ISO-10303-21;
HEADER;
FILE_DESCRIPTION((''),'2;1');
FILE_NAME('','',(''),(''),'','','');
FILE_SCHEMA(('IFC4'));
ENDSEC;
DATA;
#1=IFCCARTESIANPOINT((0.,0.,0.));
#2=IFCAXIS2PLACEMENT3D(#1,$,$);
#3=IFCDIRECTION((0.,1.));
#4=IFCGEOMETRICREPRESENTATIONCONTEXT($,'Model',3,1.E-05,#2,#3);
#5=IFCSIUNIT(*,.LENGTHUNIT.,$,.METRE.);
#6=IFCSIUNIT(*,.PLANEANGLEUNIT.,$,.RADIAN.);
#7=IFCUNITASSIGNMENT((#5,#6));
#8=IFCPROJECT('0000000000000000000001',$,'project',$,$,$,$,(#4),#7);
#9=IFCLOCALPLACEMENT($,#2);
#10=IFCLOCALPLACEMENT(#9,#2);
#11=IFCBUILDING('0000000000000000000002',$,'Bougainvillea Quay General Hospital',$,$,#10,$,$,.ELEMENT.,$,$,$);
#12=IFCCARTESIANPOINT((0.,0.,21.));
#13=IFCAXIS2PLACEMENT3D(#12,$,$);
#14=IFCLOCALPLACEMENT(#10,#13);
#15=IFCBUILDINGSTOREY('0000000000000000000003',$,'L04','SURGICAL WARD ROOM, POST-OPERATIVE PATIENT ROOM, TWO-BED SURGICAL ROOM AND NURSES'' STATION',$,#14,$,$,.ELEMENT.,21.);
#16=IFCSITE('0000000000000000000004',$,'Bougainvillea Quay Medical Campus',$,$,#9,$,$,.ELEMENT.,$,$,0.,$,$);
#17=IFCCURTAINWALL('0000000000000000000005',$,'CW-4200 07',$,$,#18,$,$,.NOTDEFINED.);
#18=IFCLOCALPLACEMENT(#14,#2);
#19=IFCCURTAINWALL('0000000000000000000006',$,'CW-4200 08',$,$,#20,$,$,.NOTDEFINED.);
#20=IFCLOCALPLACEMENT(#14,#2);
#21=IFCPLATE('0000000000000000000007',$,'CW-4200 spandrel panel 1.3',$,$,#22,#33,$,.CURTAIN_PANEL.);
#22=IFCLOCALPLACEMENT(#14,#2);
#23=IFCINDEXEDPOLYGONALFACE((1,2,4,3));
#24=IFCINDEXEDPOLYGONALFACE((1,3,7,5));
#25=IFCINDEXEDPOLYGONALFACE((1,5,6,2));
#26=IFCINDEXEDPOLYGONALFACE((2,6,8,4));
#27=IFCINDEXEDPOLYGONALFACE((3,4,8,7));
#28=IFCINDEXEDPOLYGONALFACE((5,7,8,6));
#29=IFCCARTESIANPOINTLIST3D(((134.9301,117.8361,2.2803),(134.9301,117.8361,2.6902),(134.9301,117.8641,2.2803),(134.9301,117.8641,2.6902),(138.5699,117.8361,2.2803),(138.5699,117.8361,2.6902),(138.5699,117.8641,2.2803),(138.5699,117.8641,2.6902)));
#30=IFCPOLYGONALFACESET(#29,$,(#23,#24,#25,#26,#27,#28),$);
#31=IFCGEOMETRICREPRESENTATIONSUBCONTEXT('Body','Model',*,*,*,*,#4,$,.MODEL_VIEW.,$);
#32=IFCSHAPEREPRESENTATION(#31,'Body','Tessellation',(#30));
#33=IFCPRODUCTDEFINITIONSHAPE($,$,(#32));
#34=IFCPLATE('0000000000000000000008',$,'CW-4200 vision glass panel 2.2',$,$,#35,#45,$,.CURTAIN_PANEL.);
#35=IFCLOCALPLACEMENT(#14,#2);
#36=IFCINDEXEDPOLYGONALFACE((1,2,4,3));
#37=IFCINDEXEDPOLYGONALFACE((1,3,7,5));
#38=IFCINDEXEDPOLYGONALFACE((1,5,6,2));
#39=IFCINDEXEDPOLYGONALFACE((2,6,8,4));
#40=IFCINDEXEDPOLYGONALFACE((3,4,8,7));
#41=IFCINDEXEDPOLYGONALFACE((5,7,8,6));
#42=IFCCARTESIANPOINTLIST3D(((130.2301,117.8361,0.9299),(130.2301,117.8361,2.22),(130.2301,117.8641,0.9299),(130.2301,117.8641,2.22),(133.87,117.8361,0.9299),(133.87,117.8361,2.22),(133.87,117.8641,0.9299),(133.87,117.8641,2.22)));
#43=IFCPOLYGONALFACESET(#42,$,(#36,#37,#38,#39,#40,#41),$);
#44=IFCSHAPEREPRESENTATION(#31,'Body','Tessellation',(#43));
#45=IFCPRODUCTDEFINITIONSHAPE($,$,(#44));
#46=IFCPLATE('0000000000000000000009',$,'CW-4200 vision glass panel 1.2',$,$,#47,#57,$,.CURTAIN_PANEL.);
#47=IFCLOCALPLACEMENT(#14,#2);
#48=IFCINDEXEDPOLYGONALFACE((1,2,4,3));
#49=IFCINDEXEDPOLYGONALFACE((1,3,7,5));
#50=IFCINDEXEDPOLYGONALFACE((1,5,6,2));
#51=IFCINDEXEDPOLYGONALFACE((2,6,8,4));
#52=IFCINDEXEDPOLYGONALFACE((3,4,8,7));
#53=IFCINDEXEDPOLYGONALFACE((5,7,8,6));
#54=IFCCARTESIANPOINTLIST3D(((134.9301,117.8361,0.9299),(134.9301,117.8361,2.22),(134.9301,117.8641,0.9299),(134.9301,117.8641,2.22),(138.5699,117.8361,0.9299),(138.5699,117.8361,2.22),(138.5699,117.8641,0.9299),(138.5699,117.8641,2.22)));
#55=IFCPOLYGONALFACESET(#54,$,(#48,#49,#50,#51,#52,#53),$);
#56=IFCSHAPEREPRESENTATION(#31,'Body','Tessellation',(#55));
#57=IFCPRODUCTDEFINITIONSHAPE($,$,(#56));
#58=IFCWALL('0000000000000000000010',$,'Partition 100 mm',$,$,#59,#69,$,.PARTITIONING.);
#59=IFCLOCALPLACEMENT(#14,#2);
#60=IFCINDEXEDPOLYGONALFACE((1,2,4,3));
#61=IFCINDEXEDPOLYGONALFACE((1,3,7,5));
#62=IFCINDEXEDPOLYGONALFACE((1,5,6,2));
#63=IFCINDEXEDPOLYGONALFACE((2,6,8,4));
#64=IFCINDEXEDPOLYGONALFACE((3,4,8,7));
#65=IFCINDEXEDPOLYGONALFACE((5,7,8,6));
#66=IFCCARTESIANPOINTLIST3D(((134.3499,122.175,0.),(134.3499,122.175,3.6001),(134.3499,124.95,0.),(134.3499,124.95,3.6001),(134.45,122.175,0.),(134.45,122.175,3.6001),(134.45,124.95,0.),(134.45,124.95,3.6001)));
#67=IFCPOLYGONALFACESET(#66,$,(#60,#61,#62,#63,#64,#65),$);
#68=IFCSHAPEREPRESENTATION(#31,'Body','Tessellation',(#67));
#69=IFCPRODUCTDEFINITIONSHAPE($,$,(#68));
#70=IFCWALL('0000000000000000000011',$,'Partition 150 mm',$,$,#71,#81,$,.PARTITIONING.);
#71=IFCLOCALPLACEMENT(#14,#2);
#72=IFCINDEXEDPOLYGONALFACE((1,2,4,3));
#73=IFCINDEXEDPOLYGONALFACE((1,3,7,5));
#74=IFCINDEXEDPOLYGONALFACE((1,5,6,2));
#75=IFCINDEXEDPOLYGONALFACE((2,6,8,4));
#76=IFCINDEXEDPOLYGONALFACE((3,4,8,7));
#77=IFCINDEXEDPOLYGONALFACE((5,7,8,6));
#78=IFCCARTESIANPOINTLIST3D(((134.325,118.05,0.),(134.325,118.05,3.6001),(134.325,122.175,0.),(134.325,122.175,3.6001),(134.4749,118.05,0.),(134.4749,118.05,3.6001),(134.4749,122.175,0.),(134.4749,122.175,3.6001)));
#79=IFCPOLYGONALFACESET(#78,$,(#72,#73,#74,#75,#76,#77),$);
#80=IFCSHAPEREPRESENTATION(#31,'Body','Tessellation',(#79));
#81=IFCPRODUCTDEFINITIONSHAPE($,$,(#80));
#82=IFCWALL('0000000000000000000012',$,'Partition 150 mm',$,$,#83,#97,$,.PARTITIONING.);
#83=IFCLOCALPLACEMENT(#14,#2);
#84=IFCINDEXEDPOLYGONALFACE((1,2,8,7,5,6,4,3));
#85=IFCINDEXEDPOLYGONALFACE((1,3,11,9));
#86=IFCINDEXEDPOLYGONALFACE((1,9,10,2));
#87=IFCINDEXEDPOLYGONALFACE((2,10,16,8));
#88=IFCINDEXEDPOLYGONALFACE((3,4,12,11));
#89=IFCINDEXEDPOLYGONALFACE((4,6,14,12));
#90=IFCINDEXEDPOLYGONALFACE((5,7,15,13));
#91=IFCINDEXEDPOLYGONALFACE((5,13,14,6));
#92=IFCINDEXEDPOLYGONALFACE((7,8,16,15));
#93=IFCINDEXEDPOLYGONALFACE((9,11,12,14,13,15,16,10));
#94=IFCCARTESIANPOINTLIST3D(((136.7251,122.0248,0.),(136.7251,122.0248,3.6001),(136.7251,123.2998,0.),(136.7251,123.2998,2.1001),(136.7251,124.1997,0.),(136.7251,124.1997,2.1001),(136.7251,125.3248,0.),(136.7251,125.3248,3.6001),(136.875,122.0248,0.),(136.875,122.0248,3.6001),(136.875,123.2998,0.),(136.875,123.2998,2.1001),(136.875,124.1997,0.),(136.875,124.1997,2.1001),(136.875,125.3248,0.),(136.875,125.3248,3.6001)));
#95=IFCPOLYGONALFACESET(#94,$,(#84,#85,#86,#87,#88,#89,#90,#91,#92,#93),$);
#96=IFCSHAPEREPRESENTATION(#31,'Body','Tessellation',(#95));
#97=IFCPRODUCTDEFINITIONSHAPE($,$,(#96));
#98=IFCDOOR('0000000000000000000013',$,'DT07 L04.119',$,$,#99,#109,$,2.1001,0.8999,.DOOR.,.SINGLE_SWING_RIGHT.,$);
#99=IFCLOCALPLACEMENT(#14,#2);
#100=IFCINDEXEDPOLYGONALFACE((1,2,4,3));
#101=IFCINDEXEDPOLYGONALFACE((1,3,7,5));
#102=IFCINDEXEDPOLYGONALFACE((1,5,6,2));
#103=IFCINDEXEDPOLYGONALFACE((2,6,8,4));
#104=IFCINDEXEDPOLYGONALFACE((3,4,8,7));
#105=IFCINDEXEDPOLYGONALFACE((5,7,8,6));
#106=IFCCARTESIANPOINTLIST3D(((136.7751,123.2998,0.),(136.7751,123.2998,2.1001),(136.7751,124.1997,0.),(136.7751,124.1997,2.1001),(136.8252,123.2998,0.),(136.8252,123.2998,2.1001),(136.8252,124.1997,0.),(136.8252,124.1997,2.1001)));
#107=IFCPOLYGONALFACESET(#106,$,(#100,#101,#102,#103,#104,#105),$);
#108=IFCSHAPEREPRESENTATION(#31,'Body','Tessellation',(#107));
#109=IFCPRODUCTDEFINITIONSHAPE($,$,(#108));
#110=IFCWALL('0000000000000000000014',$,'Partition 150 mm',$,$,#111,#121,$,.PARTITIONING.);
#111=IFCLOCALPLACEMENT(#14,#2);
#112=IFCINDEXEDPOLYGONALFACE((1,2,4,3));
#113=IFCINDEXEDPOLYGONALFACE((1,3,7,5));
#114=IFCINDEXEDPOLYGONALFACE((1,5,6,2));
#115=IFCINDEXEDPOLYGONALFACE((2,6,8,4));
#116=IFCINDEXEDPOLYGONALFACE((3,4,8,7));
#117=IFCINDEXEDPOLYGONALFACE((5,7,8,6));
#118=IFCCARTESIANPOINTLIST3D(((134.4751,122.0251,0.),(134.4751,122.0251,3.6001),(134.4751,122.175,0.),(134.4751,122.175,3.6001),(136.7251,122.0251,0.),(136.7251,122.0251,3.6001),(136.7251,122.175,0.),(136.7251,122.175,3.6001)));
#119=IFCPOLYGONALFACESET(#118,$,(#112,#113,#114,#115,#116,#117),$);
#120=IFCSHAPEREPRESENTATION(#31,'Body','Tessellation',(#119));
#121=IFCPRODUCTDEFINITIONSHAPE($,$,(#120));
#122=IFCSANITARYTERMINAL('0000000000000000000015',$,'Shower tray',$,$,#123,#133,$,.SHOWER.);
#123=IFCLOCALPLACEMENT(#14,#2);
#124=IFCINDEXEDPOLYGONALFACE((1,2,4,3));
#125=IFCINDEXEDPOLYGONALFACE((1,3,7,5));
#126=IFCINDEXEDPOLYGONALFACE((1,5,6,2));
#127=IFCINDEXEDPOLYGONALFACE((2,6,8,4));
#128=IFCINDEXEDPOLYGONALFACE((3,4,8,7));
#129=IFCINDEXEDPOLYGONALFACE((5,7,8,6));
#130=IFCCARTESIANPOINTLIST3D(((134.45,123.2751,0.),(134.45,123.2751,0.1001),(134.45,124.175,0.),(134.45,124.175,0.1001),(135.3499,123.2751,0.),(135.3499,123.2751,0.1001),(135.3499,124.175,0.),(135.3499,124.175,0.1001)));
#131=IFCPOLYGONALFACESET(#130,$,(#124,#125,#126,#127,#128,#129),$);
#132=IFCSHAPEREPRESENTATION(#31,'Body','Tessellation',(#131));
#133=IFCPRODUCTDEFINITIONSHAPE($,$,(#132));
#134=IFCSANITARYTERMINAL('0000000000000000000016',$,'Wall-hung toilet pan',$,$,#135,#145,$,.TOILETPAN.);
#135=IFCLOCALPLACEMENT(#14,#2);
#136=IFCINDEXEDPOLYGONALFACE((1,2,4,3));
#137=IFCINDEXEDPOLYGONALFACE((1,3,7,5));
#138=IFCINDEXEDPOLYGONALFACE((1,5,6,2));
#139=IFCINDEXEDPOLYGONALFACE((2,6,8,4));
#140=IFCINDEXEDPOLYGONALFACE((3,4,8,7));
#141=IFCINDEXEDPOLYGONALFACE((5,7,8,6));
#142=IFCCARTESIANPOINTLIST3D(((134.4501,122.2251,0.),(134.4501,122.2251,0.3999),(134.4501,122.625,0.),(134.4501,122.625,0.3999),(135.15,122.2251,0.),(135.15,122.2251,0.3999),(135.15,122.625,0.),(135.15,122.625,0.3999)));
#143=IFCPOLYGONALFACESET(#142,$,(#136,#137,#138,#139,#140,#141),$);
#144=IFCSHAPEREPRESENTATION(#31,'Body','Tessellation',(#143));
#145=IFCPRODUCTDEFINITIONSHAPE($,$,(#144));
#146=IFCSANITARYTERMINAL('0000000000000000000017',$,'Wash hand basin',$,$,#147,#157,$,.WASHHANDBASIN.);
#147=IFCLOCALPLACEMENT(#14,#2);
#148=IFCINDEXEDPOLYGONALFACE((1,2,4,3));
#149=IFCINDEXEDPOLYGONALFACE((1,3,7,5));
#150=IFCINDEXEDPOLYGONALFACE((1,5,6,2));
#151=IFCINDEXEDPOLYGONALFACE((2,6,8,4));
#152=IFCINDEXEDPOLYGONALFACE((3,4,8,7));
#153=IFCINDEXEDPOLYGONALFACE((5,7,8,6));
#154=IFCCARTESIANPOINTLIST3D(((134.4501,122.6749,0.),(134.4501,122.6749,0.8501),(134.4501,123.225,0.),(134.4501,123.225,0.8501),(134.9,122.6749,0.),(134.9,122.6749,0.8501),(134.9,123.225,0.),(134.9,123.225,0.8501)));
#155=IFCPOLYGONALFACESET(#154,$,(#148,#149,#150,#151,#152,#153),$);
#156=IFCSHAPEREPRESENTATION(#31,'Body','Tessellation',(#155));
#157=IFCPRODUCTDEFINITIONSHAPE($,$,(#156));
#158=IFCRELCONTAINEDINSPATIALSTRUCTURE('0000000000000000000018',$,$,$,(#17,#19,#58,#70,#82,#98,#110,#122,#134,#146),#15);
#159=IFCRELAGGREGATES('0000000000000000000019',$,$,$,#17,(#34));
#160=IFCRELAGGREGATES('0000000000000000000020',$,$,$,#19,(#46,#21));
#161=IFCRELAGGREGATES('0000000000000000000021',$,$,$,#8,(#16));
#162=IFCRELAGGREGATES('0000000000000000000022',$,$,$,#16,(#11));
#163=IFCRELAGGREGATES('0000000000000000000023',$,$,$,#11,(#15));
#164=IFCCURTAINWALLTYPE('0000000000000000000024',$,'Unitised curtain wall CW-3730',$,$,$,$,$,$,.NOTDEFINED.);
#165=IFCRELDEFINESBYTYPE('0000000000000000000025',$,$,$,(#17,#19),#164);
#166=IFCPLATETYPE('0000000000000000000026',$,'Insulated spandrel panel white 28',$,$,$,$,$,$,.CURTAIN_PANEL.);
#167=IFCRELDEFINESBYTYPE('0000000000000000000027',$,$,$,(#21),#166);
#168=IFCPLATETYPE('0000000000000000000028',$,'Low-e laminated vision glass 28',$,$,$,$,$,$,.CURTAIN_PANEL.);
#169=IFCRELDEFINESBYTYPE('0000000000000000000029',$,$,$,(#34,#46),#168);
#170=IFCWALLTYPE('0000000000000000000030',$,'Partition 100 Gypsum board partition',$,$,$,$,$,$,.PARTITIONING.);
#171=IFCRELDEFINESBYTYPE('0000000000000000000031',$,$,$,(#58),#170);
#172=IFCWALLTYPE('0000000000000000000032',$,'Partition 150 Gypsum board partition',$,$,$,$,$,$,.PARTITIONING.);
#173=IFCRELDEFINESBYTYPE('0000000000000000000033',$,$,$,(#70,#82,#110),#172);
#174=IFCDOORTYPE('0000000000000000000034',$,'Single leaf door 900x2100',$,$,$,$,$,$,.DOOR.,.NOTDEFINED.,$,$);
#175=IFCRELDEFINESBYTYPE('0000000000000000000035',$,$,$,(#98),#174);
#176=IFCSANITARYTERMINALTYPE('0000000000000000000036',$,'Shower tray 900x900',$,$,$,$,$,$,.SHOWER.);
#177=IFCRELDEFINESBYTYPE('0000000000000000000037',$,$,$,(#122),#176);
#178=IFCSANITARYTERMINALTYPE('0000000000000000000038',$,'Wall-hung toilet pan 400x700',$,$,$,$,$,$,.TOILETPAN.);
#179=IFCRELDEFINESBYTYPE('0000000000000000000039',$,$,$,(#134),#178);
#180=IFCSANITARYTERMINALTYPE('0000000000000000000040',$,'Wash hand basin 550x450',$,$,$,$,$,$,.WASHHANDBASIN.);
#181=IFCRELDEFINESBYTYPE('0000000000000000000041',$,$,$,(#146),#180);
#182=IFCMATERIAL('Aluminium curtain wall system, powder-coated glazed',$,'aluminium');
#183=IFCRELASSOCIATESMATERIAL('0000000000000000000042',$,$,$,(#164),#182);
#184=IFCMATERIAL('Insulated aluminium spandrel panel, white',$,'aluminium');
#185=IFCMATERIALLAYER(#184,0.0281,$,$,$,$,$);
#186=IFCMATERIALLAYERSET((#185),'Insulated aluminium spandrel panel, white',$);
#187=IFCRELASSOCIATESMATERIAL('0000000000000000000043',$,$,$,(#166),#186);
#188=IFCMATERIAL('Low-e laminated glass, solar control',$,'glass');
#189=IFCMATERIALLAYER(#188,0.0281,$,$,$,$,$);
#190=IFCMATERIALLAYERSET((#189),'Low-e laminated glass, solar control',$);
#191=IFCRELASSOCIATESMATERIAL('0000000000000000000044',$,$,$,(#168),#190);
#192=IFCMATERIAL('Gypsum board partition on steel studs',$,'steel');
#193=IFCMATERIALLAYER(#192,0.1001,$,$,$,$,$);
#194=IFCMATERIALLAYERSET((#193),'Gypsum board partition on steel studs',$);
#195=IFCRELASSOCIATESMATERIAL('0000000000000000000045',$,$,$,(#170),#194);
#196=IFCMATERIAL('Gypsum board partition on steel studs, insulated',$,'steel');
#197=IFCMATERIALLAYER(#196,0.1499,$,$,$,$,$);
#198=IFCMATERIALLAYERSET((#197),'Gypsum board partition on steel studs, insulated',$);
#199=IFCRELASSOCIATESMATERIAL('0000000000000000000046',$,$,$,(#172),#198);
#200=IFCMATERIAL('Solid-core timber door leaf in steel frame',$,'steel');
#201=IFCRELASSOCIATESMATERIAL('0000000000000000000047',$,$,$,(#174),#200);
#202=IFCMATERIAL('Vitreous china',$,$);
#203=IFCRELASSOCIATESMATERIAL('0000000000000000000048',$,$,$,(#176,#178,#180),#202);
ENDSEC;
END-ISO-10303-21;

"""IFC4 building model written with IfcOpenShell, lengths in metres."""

from ifc_helpers import new_model, si_unit, direction, frame, frame_2d, origin, origin_2d, place, context, subcontext, project, spatial, rectangle, extrude, material, layer, layer_set, type_object, element, fill, aggregate, save


model = new_model("IFC4")

# Units and contexts
model_context = context("Model", 3, precision=1e-05, world=origin(), true_north=direction((0.0, 1.0)))
body_context = subcontext(model_context, "Body", "Model", "MODEL_VIEW")
ifc_project = project(units=[si_unit("LENGTHUNIT", "METRE"), si_unit("PLANEANGLEUNIT", "RADIAN")], contexts=[model_context])

# Site, building, storey
site_placement = place(None, origin())
site = spatial("IfcSite", under=ifc_project, at=site_placement, Name="Bougainvillea Quay Medical Campus", CompositionType="ELEMENT", RefElevation=0.0)
building_placement = place(site_placement, origin())
building = spatial("IfcBuilding", under=site, at=building_placement, Name="Bougainvillea Quay General Hospital", CompositionType="ELEMENT")
storey_placement = place(building_placement, frame((0.0, 0.0, 21.0)))
storey = spatial("IfcBuildingStorey", under=building, at=storey_placement, Name="L04", Description="SURGICAL WARD ROOM, POST-OPERATIVE PATIENT ROOM, TWO-BED SURGICAL ROOM AND NURSES' STATION", CompositionType="ELEMENT", Elevation=21.0)

# Curtain wall
ifc_material_1 = material(Name="Aluminium curtain wall system, powder-coated glazed", Category="aluminium")
curtain_wall_type = type_object("IfcCurtainWallType", Name="Unitised curtain wall CW-3730", PredefinedType="NOTDEFINED", material=ifc_material_1)
curtain_wall_1_placement = place(storey_placement, origin())
curtain_wall_1 = element("IfcCurtainWall", 1, at=curtain_wall_1_placement, inside=storey, type_object=curtain_wall_type, Name="CW-4200 07", PredefinedType="NOTDEFINED")

# Curtain wall
curtain_wall_2_placement = place(storey_placement, origin())
curtain_wall_2 = element("IfcCurtainWall", 2, at=curtain_wall_2_placement, inside=storey, type_object=curtain_wall_type, Name="CW-4200 08", PredefinedType="NOTDEFINED")

# Plates
ifc_material_2 = material(Name="Insulated aluminium spandrel panel, white", Category="aluminium")
ifc_layer_1 = layer(ifc_material_2, 0.0281)
ifc_layer_set_1 = layer_set([ifc_layer_1], Name="Insulated aluminium spandrel panel, white")
plate_type_1 = type_object("IfcPlateType", Name="Insulated spandrel panel white 28", PredefinedType="CURTAIN_PANEL", material=ifc_layer_set_1)
plate_1_placement = place(storey_placement, frame((136.75, 117.8501, 2.2803), z_axis=(0.0, 0.0, 1.0), x_axis=(1.0, 0.0, 0.0)))
plate_1 = element("IfcPlate", 3, at=plate_1_placement, type_object=plate_type_1, Name="CW-4200 spandrel panel 1.3", PredefinedType="CURTAIN_PANEL", context=body_context, shape_type="SweptSolid", body=[
    extrude(rectangle(XDim=3.6399, YDim=0.0281, at=origin_2d()), origin(), (0.0, 0.0, 1.0), 0.4099),
])
ifc_material_3 = material(Name="Low-e laminated glass, solar control", Category="glass")
ifc_layer_2 = layer(ifc_material_3, 0.0281)
ifc_layer_set_2 = layer_set([ifc_layer_2], Name="Low-e laminated glass, solar control")
plate_type_2 = type_object("IfcPlateType", Name="Low-e laminated vision glass 28", PredefinedType="CURTAIN_PANEL", material=ifc_layer_set_2)
plate_2_placement = place(storey_placement, frame((132.05, 117.8501, 0.9299), z_axis=(0.0, 0.0, 1.0), x_axis=(1.0, 0.0, 0.0)))
plate_2 = element("IfcPlate", 4, at=plate_2_placement, type_object=plate_type_2, Name="CW-4200 vision glass panel 2.2", PredefinedType="CURTAIN_PANEL", context=body_context, shape_type="SweptSolid", body=[
    extrude(rectangle(XDim=3.6399, YDim=0.0281, at=origin_2d()), origin(), (0.0, 0.0, 1.0), 1.29),
])
aggregate(curtain_wall_1, [plate_2])
plate_3_placement = place(storey_placement, frame((136.75, 117.8501, 0.9299), z_axis=(0.0, 0.0, 1.0), x_axis=(1.0, 0.0, 0.0)))
plate_3 = element("IfcPlate", 5, at=plate_3_placement, type_object=plate_type_2, Name="CW-4200 vision glass panel 1.2", PredefinedType="CURTAIN_PANEL", context=body_context, shape_type="SweptSolid", body=[
    extrude(rectangle(XDim=3.6399, YDim=0.0281, at=origin_2d()), origin(), (0.0, 0.0, 1.0), 1.29),
])
aggregate(curtain_wall_2, [plate_3, plate_1])

# Walls
ifc_material_4 = material(Name="Gypsum board partition on steel studs", Category="steel")
ifc_layer_3 = layer(ifc_material_4, 0.1001)
ifc_layer_set_3 = layer_set([ifc_layer_3], Name="Gypsum board partition on steel studs")
wall_type_1 = type_object("IfcWallType", Name="Partition 100 Gypsum board partition", PredefinedType="PARTITIONING", material=ifc_layer_set_3)
wall_1_placement = place(storey_placement, frame((134.3999, 122.175, 0.0), z_axis=(0.0, 0.0, 1.0), x_axis=(0.0, 1.0, 0.0)))
element("IfcWall", 6, at=wall_1_placement, inside=storey, type_object=wall_type_1, Name="Partition 100 mm", PredefinedType="PARTITIONING", context=body_context, shape_type="SweptSolid", body=[
    extrude(rectangle(XDim=2.7749, YDim=0.1001, at=frame_2d((1.3875, 0.0))), origin(), (0.0, 0.0, 1.0), 3.6001),
])
ifc_material_5 = material(Name="Gypsum board partition on steel studs, insulated", Category="steel")
ifc_layer_4 = layer(ifc_material_5, 0.1499)
ifc_layer_set_4 = layer_set([ifc_layer_4], Name="Gypsum board partition on steel studs, insulated")
wall_type_2 = type_object("IfcWallType", Name="Partition 150 Gypsum board partition", PredefinedType="PARTITIONING", material=ifc_layer_set_4)
wall_2_placement = place(storey_placement, frame((134.3999, 118.05, 0.0), z_axis=(0.0, 0.0, 1.0), x_axis=(0.0, 1.0, 0.0)))
element("IfcWall", 7, at=wall_2_placement, inside=storey, type_object=wall_type_2, Name="Partition 150 mm", PredefinedType="PARTITIONING", context=body_context, shape_type="SweptSolid", body=[
    extrude(rectangle(XDim=4.125, YDim=0.1499, at=frame_2d((2.0625, 0.0))), origin(), (0.0, 0.0, 1.0), 3.6001),
])

# Wall, opening, door
wall_3_placement = place(storey_placement, frame((136.8, 122.0249, 0.0), z_axis=(0.0, 0.0, 1.0), x_axis=(0.0, 1.0, 0.0)))
wall_3 = element("IfcWall", 8, at=wall_3_placement, inside=storey, type_object=wall_type_2, Name="Partition 150 mm", PredefinedType="PARTITIONING", context=body_context, shape_type="SweptSolid", body=[
    extrude(rectangle(XDim=3.3, YDim=0.1499, at=frame_2d((1.6499, 0.0))), origin(), (0.0, 0.0, 1.0), 3.6001),
])
opening_placement = place(wall_3_placement, frame((1.2749, 0.0, 0.0)))
opening = element("IfcOpeningElement", 9, at=opening_placement, cuts=wall_3, PredefinedType="OPENING", context=body_context, shape_type="SweptSolid", body=[
    extrude(rectangle(XDim=0.8999, YDim=2.1001, at=frame_2d((0.45, 1.05))), frame((0.0, 0.085, 0.0), z_axis=(0.0, -1.0, 0.0), x_axis=(1.0, 0.0, 0.0)), (0.0, 0.0, 1.0), 0.1699),
])
ifc_material_6 = material(Name="Solid-core timber door leaf in steel frame", Category="steel")
door_type = type_object("IfcDoorType", Name="Single leaf door 900x2100", OperationType="NOTDEFINED", PredefinedType="DOOR", material=ifc_material_6)
door_placement = place(opening_placement, origin())
door = element("IfcDoor", 10, at=door_placement, inside=storey, type_object=door_type, Name="DT07 L04.119", OperationType="SINGLE_SWING_RIGHT", OverallHeight=2.1001, OverallWidth=0.8999, PredefinedType="DOOR", context=body_context, shape_type="SweptSolid", body=[
    extrude(rectangle(XDim=0.8999, YDim=2.1001, at=frame_2d((0.45, 1.05))), frame((0.0, 0.0249, 0.0), z_axis=(0.0, -1.0, 0.0), x_axis=(1.0, 0.0, 0.0)), (0.0, 0.0, 1.0), 0.05),
])
fill(opening, door)

# Wall
wall_4_placement = place(storey_placement, frame((134.4751, 122.1001, 0.0), z_axis=(0.0, 0.0, 1.0), x_axis=(1.0, 0.0, 0.0)))
element("IfcWall", 11, at=wall_4_placement, inside=storey, type_object=wall_type_2, Name="Partition 150 mm", PredefinedType="PARTITIONING", context=body_context, shape_type="SweptSolid", body=[
    extrude(rectangle(XDim=2.25, YDim=0.1499, at=frame_2d((1.125, 0.0))), origin(), (0.0, 0.0, 1.0), 3.6001),
])

# Sanitary terminals
ifc_material_7 = material(Name="Vitreous china")
sanitary_terminal_type_1 = type_object("IfcSanitaryTerminalType", Name="Shower tray 900x900", PredefinedType="SHOWER", material=ifc_material_7)
sanitary_terminal_1_placement = place(storey_placement, frame((134.8999, 123.7251, 0.0), z_axis=(0.0, 0.0, 1.0), x_axis=(0.0, 1.0, 0.0)))
element("IfcSanitaryTerminal", 12, at=sanitary_terminal_1_placement, inside=storey, type_object=sanitary_terminal_type_1, Name="Shower tray", PredefinedType="SHOWER", context=body_context, shape_type="SweptSolid", body=[
    extrude(rectangle(XDim=0.8999, YDim=0.8999, at=origin_2d()), origin(), (0.0, 0.0, 1.0), 0.1001),
])
sanitary_terminal_type_2 = type_object("IfcSanitaryTerminalType", Name="Wall-hung toilet pan 400x700", PredefinedType="TOILETPAN", material=ifc_material_7)
sanitary_terminal_2_placement = place(storey_placement, frame((134.8, 122.425, 0.0), z_axis=(0.0, 0.0, 1.0), x_axis=(0.0, 1.0, 0.0)))
element("IfcSanitaryTerminal", 13, at=sanitary_terminal_2_placement, inside=storey, type_object=sanitary_terminal_type_2, Name="Wall-hung toilet pan", PredefinedType="TOILETPAN", context=body_context, shape_type="SweptSolid", body=[
    extrude(rectangle(XDim=0.3999, YDim=0.7, at=origin_2d()), origin(), (0.0, 0.0, 1.0), 0.3999),
])
sanitary_terminal_type_3 = type_object("IfcSanitaryTerminalType", Name="Wash hand basin 550x450", PredefinedType="WASHHANDBASIN", material=ifc_material_7)
sanitary_terminal_3_placement = place(storey_placement, frame((134.675, 122.95, 0.0), z_axis=(0.0, 0.0, 1.0), x_axis=(0.0, 1.0, 0.0)))
element("IfcSanitaryTerminal", 14, at=sanitary_terminal_3_placement, inside=storey, type_object=sanitary_terminal_type_3, Name="Wash hand basin", PredefinedType="WASHHANDBASIN", context=body_context, shape_type="SweptSolid", body=[
    extrude(rectangle(XDim=0.55, YDim=0.45, at=origin_2d()), origin(), (0.0, 0.0, 1.0), 0.8501),
])

save(model, "model.ifc")
